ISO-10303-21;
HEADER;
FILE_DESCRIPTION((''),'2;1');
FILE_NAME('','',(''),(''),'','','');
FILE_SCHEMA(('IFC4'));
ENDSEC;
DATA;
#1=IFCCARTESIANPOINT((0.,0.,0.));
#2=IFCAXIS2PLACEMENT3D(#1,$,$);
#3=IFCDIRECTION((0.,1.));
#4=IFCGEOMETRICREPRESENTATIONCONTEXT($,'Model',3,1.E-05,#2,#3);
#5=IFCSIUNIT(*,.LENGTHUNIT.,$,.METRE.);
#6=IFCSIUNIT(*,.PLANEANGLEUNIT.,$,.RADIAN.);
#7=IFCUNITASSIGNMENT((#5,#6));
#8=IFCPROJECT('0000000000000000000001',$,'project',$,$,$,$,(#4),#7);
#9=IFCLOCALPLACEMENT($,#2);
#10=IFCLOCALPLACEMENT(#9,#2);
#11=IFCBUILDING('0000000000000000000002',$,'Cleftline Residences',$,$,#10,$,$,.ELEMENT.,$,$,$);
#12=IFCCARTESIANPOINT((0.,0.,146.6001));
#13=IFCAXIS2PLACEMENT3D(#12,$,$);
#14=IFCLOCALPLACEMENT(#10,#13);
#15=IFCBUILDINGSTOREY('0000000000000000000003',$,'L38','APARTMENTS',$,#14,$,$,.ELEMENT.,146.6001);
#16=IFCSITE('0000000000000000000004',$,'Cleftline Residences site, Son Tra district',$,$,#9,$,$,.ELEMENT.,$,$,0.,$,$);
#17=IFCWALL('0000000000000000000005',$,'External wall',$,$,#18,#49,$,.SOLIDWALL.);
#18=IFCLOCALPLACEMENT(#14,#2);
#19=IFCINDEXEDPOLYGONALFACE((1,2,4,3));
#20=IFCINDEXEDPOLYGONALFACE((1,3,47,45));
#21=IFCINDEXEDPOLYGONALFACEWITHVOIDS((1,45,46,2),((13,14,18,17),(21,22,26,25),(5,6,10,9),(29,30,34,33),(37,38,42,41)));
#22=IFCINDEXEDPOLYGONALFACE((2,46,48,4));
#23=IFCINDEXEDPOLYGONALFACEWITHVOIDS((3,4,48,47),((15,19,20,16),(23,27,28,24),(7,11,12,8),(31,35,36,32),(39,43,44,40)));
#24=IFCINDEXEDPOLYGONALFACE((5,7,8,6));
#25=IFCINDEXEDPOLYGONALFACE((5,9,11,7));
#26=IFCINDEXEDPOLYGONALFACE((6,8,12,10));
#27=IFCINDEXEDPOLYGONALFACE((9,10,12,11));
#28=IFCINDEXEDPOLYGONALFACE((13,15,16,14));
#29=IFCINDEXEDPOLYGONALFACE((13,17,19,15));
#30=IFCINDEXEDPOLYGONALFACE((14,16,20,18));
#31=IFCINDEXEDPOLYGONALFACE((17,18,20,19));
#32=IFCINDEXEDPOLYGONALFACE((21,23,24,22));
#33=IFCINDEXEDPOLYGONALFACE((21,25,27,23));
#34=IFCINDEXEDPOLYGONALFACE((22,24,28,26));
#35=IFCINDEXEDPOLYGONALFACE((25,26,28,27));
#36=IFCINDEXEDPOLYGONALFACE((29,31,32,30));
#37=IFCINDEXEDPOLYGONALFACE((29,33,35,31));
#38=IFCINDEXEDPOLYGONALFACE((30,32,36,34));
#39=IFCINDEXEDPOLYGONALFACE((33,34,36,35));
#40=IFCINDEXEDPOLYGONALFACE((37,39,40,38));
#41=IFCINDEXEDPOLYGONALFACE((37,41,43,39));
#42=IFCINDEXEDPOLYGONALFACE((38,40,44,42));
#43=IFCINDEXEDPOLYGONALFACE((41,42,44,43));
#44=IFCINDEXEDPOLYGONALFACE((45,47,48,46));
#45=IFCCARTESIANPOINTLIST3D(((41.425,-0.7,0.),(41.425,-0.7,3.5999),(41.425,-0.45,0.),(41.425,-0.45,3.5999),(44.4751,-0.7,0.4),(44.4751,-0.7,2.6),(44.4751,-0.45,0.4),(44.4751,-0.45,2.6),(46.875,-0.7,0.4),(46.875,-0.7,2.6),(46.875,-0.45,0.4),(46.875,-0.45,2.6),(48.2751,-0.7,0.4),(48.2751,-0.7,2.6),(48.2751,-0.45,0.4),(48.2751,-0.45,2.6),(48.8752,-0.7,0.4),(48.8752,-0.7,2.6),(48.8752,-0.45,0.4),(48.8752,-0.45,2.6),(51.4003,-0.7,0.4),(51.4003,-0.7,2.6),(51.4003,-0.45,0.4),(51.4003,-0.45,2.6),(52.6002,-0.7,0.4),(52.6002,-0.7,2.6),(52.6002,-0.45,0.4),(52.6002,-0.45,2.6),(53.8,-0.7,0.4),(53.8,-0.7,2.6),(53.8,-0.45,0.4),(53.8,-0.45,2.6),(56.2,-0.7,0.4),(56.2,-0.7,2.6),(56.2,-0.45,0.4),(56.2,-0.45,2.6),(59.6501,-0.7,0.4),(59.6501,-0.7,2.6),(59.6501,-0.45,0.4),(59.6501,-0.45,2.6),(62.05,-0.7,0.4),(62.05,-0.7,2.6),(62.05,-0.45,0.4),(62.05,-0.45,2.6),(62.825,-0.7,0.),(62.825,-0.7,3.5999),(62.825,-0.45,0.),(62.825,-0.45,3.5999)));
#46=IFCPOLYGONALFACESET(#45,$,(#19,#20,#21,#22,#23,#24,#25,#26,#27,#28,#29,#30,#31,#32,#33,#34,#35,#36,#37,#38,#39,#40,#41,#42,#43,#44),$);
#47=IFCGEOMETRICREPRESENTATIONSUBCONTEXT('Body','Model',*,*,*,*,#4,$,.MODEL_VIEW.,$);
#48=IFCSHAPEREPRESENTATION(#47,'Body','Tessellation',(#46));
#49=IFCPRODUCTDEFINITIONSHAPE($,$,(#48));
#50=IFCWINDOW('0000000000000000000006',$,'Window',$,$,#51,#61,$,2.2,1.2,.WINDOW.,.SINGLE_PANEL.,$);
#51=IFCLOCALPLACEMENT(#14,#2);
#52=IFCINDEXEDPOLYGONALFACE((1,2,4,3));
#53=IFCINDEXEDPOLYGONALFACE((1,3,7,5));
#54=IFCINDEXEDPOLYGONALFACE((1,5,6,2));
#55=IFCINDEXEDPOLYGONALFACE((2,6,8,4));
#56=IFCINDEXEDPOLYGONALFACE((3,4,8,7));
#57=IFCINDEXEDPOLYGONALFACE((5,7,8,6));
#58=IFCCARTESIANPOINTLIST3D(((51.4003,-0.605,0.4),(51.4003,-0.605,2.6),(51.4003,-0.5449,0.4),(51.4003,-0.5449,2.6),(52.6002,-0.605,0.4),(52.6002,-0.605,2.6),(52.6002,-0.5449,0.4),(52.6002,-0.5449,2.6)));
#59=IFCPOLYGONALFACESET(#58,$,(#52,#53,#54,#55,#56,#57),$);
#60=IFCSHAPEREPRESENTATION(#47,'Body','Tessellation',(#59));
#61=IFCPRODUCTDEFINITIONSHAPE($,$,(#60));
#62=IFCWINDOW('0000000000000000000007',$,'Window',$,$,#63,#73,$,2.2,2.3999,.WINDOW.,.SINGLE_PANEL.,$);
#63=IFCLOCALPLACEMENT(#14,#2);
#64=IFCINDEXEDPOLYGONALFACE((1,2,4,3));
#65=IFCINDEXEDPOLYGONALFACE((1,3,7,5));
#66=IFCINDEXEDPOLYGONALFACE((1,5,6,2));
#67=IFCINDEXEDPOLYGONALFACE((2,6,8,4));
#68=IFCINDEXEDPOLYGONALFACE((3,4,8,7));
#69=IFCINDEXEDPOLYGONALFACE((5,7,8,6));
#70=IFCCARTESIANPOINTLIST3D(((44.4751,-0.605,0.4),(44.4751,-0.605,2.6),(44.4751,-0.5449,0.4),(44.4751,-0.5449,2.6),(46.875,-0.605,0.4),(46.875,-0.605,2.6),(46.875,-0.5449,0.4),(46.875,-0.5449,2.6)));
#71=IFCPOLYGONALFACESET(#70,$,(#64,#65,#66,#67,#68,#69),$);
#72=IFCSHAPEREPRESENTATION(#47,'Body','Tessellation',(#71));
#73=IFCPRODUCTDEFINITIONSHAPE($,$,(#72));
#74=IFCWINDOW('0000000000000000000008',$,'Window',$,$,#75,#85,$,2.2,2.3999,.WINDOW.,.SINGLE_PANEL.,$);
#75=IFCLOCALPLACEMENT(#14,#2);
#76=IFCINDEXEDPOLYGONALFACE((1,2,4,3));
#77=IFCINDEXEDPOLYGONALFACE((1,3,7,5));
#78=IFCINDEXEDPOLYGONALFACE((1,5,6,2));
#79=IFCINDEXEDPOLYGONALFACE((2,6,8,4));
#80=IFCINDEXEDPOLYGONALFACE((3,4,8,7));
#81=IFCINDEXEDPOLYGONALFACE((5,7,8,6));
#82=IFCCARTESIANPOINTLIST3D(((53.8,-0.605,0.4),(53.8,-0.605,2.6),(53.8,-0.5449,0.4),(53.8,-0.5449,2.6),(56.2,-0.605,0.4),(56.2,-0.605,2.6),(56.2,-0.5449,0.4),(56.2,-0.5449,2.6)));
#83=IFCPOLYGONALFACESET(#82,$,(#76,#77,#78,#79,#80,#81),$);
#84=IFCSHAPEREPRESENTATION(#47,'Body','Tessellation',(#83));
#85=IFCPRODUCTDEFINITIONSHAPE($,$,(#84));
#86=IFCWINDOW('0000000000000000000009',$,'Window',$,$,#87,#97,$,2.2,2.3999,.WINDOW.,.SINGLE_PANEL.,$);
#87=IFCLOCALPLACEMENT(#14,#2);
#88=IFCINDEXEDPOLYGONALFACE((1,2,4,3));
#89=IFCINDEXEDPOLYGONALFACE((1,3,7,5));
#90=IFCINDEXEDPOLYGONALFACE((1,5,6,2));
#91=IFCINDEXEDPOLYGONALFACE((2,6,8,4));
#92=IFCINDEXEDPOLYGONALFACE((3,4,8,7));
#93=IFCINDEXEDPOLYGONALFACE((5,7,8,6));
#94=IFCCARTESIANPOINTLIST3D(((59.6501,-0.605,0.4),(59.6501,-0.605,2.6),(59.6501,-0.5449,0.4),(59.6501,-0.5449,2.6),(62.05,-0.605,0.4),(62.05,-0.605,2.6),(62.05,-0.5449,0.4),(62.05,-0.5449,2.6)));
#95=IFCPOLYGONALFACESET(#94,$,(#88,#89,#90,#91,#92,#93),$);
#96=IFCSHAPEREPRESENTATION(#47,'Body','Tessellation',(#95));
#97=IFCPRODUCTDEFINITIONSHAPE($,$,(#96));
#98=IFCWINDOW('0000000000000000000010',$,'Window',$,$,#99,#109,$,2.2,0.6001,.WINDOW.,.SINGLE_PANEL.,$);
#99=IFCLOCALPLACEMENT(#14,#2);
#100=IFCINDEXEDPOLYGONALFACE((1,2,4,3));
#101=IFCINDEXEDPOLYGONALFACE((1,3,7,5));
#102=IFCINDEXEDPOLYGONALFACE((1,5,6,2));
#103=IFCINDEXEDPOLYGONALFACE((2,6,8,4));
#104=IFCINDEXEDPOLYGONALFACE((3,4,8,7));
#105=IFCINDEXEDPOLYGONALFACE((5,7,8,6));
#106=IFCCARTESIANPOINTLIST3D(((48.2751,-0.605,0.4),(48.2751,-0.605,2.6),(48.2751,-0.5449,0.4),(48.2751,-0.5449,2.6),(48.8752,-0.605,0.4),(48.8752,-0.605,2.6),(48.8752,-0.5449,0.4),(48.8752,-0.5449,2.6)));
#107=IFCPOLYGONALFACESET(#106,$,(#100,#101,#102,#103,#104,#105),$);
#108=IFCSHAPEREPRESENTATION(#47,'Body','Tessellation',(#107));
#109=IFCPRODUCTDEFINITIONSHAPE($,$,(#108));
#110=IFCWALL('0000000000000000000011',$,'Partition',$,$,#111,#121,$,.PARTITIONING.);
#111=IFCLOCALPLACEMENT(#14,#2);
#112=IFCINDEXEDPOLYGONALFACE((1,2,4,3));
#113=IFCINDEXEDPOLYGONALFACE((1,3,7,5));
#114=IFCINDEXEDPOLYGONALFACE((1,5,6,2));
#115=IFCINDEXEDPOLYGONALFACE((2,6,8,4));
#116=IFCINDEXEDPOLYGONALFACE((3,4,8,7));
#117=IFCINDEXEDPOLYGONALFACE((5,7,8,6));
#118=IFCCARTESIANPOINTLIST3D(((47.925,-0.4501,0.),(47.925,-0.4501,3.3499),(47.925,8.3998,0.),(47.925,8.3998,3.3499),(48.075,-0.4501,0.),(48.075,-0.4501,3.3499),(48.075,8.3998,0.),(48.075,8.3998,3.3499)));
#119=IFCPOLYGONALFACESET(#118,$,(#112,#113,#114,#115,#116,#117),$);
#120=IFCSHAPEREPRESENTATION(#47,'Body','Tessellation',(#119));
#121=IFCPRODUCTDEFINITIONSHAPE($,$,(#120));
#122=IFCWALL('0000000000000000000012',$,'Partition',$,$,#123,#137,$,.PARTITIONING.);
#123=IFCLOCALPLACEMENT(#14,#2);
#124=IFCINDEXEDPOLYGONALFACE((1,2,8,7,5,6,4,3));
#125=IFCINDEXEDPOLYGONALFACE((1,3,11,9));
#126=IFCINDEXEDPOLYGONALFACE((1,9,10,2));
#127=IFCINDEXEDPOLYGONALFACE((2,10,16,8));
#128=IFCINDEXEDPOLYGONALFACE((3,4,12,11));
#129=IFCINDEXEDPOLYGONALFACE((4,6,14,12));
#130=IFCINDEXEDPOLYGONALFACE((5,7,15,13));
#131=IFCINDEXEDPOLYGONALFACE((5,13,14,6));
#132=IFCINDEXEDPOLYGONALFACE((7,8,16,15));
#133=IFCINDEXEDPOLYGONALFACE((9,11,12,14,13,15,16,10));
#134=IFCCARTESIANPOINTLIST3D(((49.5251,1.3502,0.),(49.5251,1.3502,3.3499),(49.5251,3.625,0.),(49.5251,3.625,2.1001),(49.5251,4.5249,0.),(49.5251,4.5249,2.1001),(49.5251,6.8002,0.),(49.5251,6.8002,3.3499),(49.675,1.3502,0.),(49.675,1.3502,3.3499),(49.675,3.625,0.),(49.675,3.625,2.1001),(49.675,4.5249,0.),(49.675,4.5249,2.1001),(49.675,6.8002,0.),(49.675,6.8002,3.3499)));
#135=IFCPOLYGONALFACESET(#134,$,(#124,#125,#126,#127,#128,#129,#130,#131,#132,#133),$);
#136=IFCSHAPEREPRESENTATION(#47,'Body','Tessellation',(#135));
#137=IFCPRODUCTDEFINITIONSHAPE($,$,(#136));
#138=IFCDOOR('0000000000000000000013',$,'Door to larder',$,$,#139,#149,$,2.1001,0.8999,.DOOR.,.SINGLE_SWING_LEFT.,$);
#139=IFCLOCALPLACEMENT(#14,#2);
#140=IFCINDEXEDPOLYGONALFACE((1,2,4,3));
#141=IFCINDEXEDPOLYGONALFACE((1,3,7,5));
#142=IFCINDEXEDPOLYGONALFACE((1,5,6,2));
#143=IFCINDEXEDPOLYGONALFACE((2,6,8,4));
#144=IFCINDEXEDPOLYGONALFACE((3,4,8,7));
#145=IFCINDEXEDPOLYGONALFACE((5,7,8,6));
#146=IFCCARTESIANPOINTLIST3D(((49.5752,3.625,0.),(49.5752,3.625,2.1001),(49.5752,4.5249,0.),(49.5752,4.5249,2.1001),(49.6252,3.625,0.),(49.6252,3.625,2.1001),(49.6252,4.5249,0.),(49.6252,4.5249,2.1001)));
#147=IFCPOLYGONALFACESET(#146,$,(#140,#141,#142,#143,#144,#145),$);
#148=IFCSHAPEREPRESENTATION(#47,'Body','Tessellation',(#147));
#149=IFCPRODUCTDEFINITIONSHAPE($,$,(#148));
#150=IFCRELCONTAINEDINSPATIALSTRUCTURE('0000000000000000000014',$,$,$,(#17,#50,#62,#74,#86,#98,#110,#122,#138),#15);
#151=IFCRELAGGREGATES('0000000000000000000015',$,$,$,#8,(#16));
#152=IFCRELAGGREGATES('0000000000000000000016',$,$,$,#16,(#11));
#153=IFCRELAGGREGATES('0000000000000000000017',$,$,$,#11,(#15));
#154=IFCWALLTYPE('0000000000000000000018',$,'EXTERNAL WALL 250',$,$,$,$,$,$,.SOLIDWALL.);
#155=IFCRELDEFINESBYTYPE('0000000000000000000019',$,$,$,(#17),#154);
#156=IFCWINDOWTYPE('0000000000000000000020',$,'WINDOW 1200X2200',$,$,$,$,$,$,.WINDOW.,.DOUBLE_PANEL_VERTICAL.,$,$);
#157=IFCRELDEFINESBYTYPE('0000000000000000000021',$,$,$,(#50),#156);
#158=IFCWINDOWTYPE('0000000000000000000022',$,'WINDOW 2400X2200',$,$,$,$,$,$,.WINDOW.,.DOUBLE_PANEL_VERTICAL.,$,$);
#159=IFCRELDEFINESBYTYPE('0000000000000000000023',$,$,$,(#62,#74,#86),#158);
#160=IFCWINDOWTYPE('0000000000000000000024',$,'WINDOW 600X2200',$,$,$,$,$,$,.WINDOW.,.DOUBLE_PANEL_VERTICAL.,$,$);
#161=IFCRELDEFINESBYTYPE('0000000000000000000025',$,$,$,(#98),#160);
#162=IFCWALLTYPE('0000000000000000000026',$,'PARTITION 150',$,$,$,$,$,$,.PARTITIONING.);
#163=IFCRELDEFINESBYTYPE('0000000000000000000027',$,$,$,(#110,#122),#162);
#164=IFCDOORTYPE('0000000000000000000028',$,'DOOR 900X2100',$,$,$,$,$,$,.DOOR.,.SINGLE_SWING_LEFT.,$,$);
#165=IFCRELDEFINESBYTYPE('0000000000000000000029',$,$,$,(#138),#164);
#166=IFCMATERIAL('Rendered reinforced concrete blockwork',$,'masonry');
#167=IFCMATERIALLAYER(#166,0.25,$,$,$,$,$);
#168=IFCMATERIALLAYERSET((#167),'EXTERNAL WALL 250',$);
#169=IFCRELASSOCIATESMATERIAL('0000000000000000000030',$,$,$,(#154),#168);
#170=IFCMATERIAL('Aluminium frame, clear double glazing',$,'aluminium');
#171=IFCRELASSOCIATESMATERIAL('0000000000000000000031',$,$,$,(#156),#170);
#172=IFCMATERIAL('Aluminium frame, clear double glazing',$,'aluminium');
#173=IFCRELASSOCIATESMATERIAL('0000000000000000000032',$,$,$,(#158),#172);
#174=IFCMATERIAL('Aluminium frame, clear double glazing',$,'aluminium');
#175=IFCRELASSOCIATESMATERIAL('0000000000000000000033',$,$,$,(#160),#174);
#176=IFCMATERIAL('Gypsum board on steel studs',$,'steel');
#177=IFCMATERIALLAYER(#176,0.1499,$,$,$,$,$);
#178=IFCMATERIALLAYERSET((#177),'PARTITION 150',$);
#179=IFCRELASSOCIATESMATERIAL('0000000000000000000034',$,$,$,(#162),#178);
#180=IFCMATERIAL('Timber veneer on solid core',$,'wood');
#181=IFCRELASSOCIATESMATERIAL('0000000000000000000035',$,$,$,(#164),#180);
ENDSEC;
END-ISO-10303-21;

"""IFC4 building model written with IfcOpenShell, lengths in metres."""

from ifc_helpers import new_model, si_unit, direction, frame, frame_2d, origin, place, context, subcontext, project, spatial, rectangle, extrude, material, layer, layer_set, type_object, element, fill, save


model = new_model("IFC4")

# Units and contexts
model_context = context("Model", 3, precision=1e-05, world=origin(), true_north=direction((0.0, 1.0)))
body_context = subcontext(model_context, "Body", "Model", "MODEL_VIEW")
ifc_project = project(units=[si_unit("LENGTHUNIT", "METRE"), si_unit("PLANEANGLEUNIT", "RADIAN")], contexts=[model_context])

# Site, building, storey
site_placement = place(None, origin())
site = spatial("IfcSite", under=ifc_project, at=site_placement, Name="Cleftline Residences site, Son Tra district", CompositionType="ELEMENT", RefElevation=0.0)
building_placement = place(site_placement, origin())
building = spatial("IfcBuilding", under=site, at=building_placement, Name="Cleftline Residences", CompositionType="ELEMENT")
storey_placement = place(building_placement, frame((0.0, 0.0, 146.6001)))
storey = spatial("IfcBuildingStorey", under=building, at=storey_placement, Name="L38", Description="APARTMENTS", CompositionType="ELEMENT", Elevation=146.6001)

# Wall, openings, windows
ifc_material_1 = material(Name="Rendered reinforced concrete blockwork", Category="masonry")
ifc_layer_1 = layer(ifc_material_1, 0.25)
ifc_layer_set_1 = layer_set([ifc_layer_1], Name="EXTERNAL WALL 250")
wall_type_1 = type_object("IfcWallType", Name="EXTERNAL WALL 250", PredefinedType="SOLIDWALL", material=ifc_layer_set_1)
wall_1_placement = place(storey_placement, frame((41.425, -0.575, 0.0), z_axis=(0.0, 0.0, 1.0), x_axis=(1.0, 0.0, 0.0)))
wall_1 = element("IfcWall", 1, at=wall_1_placement, inside=storey, type_object=wall_type_1, Name="External wall", PredefinedType="SOLIDWALL", context=body_context, shape_type="SweptSolid", body=[
    extrude(rectangle(XDim=21.3999, YDim=0.25, at=frame_2d((10.7, 0.0))), origin(), (0.0, 0.0, 1.0), 3.5999),
])
opening_1_placement = place(wall_1_placement, frame((3.05, 0.0, 0.3999)))
opening_1 = element("IfcOpeningElement", 2, at=opening_1_placement, cuts=wall_1, PredefinedType="OPENING", context=body_context, shape_type="SweptSolid", body=[
    extrude(rectangle(XDim=2.3999, YDim=2.2, at=frame_2d((1.2, 1.1001))), frame((0.0, 0.135, 0.0), z_axis=(0.0, -1.0, 0.0), x_axis=(1.0, 0.0, 0.0)), (0.0, 0.0, 1.0), 0.27),
])
opening_2_placement = place(wall_1_placement, frame((6.8501, 0.0, 0.3999)))
opening_2 = element("IfcOpeningElement", 3, at=opening_2_placement, cuts=wall_1, PredefinedType="OPENING", context=body_context, shape_type="SweptSolid", body=[
    extrude(rectangle(XDim=0.6001, YDim=2.2, at=frame_2d((0.3, 1.1001))), frame((0.0, 0.135, 0.0), z_axis=(0.0, -1.0, 0.0), x_axis=(1.0, 0.0, 0.0)), (0.0, 0.0, 1.0), 0.27),
])
opening_3_placement = place(wall_1_placement, frame((9.9751, 0.0, 0.3999)))
opening_3 = element("IfcOpeningElement", 4, at=opening_3_placement, cuts=wall_1, PredefinedType="OPENING", context=body_context, shape_type="SweptSolid", body=[
    extrude(rectangle(XDim=1.2, YDim=2.2, at=frame_2d((0.6001, 1.1001))), frame((0.0, 0.135, 0.0), z_axis=(0.0, -1.0, 0.0), x_axis=(1.0, 0.0, 0.0)), (0.0, 0.0, 1.0), 0.27),
])
opening_4_placement = place(wall_1_placement, frame((12.375, 0.0, 0.3999)))
opening_4 = element("IfcOpeningElement", 5, at=opening_4_placement, cuts=wall_1, PredefinedType="OPENING", context=body_context, shape_type="SweptSolid", body=[
    extrude(rectangle(XDim=2.3999, YDim=2.2, at=frame_2d((1.2, 1.1001))), frame((0.0, 0.135, 0.0), z_axis=(0.0, -1.0, 0.0), x_axis=(1.0, 0.0, 0.0)), (0.0, 0.0, 1.0), 0.27),
])
opening_5_placement = place(wall_1_placement, frame((18.2251, 0.0, 0.3999)))
opening_5 = element("IfcOpeningElement", 6, at=opening_5_placement, cuts=wall_1, PredefinedType="OPENING", context=body_context, shape_type="SweptSolid", body=[
    extrude(rectangle(XDim=2.3999, YDim=2.2, at=frame_2d((1.2, 1.1001))), frame((0.0, 0.135, 0.0), z_axis=(0.0, -1.0, 0.0), x_axis=(1.0, 0.0, 0.0)), (0.0, 0.0, 1.0), 0.27),
])
ifc_material_2 = material(Name="Aluminium frame, clear double glazing", Category="aluminium")
window_type_1 = type_object("IfcWindowType", Name="WINDOW 1200X2200", PartitioningType="DOUBLE_PANEL_VERTICAL", PredefinedType="WINDOW", material=ifc_material_2)
window_1_placement = place(opening_3_placement, origin())
window_1 = element("IfcWindow", 7, at=window_1_placement, inside=storey, type_object=window_type_1, Name="Window", OverallHeight=2.2, OverallWidth=1.2, PartitioningType="SINGLE_PANEL", PredefinedType="WINDOW", context=body_context, shape_type="SweptSolid", body=[
    extrude(rectangle(XDim=1.2, YDim=2.2, at=frame_2d((0.6001, 1.1001))), frame((0.0, 0.03, 0.0), z_axis=(0.0, -1.0, 0.0), x_axis=(1.0, 0.0, 0.0)), (0.0, 0.0, 1.0), 0.0601),
])
fill(opening_3, window_1)
ifc_material_3 = material(Name="Aluminium frame, clear double glazing", Category="aluminium")
window_type_2 = type_object("IfcWindowType", Name="WINDOW 2400X2200", PartitioningType="DOUBLE_PANEL_VERTICAL", PredefinedType="WINDOW", material=ifc_material_3)
window_2_placement = place(opening_1_placement, origin())
window_2 = element("IfcWindow", 8, at=window_2_placement, inside=storey, type_object=window_type_2, Name="Window", OverallHeight=2.2, OverallWidth=2.3999, PartitioningType="SINGLE_PANEL", PredefinedType="WINDOW", context=body_context, shape_type="SweptSolid", body=[
    extrude(rectangle(XDim=2.3999, YDim=2.2, at=frame_2d((1.2, 1.1001))), frame((0.0, 0.03, 0.0), z_axis=(0.0, -1.0, 0.0), x_axis=(1.0, 0.0, 0.0)), (0.0, 0.0, 1.0), 0.0601),
])
fill(opening_1, window_2)
window_3_placement = place(opening_4_placement, origin())
window_3 = element("IfcWindow", 9, at=window_3_placement, inside=storey, type_object=window_type_2, Name="Window", OverallHeight=2.2, OverallWidth=2.3999, PartitioningType="SINGLE_PANEL", PredefinedType="WINDOW", context=body_context, shape_type="SweptSolid", body=[
    extrude(rectangle(XDim=2.3999, YDim=2.2, at=frame_2d((1.2, 1.1001))), frame((0.0, 0.03, 0.0), z_axis=(0.0, -1.0, 0.0), x_axis=(1.0, 0.0, 0.0)), (0.0, 0.0, 1.0), 0.0601),
])
fill(opening_4, window_3)
window_4_placement = place(opening_5_placement, origin())
window_4 = element("IfcWindow", 10, at=window_4_placement, inside=storey, type_object=window_type_2, Name="Window", OverallHeight=2.2, OverallWidth=2.3999, PartitioningType="SINGLE_PANEL", PredefinedType="WINDOW", context=body_context, shape_type="SweptSolid", body=[
    extrude(rectangle(XDim=2.3999, YDim=2.2, at=frame_2d((1.2, 1.1001))), frame((0.0, 0.03, 0.0), z_axis=(0.0, -1.0, 0.0), x_axis=(1.0, 0.0, 0.0)), (0.0, 0.0, 1.0), 0.0601),
])
fill(opening_5, window_4)
ifc_material_4 = material(Name="Aluminium frame, clear double glazing", Category="aluminium")
window_type_3 = type_object("IfcWindowType", Name="WINDOW 600X2200", PartitioningType="DOUBLE_PANEL_VERTICAL", PredefinedType="WINDOW", material=ifc_material_4)
window_5_placement = place(opening_2_placement, origin())
window_5 = element("IfcWindow", 11, at=window_5_placement, inside=storey, type_object=window_type_3, Name="Window", OverallHeight=2.2, OverallWidth=0.6001, PartitioningType="SINGLE_PANEL", PredefinedType="WINDOW", context=body_context, shape_type="SweptSolid", body=[
    extrude(rectangle(XDim=0.6001, YDim=2.2, at=frame_2d((0.3, 1.1001))), frame((0.0, 0.03, 0.0), z_axis=(0.0, -1.0, 0.0), x_axis=(1.0, 0.0, 0.0)), (0.0, 0.0, 1.0), 0.0601),
])
fill(opening_2, window_5)

# Wall
ifc_material_5 = material(Name="Gypsum board on steel studs", Category="steel")
ifc_layer_2 = layer(ifc_material_5, 0.1499)
ifc_layer_set_2 = layer_set([ifc_layer_2], Name="PARTITION 150")
wall_type_2 = type_object("IfcWallType", Name="PARTITION 150", PredefinedType="PARTITIONING", material=ifc_layer_set_2)
wall_2_placement = place(storey_placement, frame((48.0, -0.45, 0.0), z_axis=(0.0, 0.0, 1.0), x_axis=(0.0, 1.0, 0.0)))
element("IfcWall", 12, at=wall_2_placement, inside=storey, type_object=wall_type_2, Name="Partition", PredefinedType="PARTITIONING", context=body_context, shape_type="SweptSolid", body=[
    extrude(rectangle(XDim=8.8499, YDim=0.1499, at=frame_2d((4.4248, 0.0))), origin(), (0.0, 0.0, 1.0), 3.3499),
])

# Wall, opening, door
wall_3_placement = place(storey_placement, frame((49.6001, 1.3501, 0.0), z_axis=(0.0, 0.0, 1.0), x_axis=(0.0, 1.0, 0.0)))
wall_3 = element("IfcWall", 13, at=wall_3_placement, inside=storey, type_object=wall_type_2, Name="Partition", PredefinedType="PARTITIONING", context=body_context, shape_type="SweptSolid", body=[
    extrude(rectangle(XDim=5.45, YDim=0.1499, at=frame_2d((2.7251, 0.0))), origin(), (0.0, 0.0, 1.0), 3.3499),
])
opening_6_placement = place(wall_3_placement, frame((2.2749, 0.0, 0.0)))
opening_6 = element("IfcOpeningElement", 14, at=opening_6_placement, cuts=wall_3, PredefinedType="OPENING", context=body_context, shape_type="SweptSolid", body=[
    extrude(rectangle(XDim=0.8999, YDim=2.1001, at=frame_2d((0.45, 1.05))), frame((0.0, 0.085, 0.0), z_axis=(0.0, -1.0, 0.0), x_axis=(1.0, 0.0, 0.0)), (0.0, 0.0, 1.0), 0.1699),
])
ifc_material_6 = material(Name="Timber veneer on solid core", Category="wood")
door_type = type_object("IfcDoorType", Name="DOOR 900X2100", OperationType="SINGLE_SWING_LEFT", PredefinedType="DOOR", material=ifc_material_6)
door_placement = place(opening_6_placement, origin())
door = element("IfcDoor", 15, at=door_placement, inside=storey, type_object=door_type, Name="Door to larder", OperationType="SINGLE_SWING_LEFT", OverallHeight=2.1001, OverallWidth=0.8999, PredefinedType="DOOR", context=body_context, shape_type="SweptSolid", body=[
    extrude(rectangle(XDim=0.8999, YDim=2.1001, at=frame_2d((0.45, 1.05))), frame((0.0, 0.0249, 0.0), z_axis=(0.0, -1.0, 0.0), x_axis=(1.0, 0.0, 0.0)), (0.0, 0.0, 1.0), 0.05),
])
fill(opening_6, door)

save(model, "model.ifc")
